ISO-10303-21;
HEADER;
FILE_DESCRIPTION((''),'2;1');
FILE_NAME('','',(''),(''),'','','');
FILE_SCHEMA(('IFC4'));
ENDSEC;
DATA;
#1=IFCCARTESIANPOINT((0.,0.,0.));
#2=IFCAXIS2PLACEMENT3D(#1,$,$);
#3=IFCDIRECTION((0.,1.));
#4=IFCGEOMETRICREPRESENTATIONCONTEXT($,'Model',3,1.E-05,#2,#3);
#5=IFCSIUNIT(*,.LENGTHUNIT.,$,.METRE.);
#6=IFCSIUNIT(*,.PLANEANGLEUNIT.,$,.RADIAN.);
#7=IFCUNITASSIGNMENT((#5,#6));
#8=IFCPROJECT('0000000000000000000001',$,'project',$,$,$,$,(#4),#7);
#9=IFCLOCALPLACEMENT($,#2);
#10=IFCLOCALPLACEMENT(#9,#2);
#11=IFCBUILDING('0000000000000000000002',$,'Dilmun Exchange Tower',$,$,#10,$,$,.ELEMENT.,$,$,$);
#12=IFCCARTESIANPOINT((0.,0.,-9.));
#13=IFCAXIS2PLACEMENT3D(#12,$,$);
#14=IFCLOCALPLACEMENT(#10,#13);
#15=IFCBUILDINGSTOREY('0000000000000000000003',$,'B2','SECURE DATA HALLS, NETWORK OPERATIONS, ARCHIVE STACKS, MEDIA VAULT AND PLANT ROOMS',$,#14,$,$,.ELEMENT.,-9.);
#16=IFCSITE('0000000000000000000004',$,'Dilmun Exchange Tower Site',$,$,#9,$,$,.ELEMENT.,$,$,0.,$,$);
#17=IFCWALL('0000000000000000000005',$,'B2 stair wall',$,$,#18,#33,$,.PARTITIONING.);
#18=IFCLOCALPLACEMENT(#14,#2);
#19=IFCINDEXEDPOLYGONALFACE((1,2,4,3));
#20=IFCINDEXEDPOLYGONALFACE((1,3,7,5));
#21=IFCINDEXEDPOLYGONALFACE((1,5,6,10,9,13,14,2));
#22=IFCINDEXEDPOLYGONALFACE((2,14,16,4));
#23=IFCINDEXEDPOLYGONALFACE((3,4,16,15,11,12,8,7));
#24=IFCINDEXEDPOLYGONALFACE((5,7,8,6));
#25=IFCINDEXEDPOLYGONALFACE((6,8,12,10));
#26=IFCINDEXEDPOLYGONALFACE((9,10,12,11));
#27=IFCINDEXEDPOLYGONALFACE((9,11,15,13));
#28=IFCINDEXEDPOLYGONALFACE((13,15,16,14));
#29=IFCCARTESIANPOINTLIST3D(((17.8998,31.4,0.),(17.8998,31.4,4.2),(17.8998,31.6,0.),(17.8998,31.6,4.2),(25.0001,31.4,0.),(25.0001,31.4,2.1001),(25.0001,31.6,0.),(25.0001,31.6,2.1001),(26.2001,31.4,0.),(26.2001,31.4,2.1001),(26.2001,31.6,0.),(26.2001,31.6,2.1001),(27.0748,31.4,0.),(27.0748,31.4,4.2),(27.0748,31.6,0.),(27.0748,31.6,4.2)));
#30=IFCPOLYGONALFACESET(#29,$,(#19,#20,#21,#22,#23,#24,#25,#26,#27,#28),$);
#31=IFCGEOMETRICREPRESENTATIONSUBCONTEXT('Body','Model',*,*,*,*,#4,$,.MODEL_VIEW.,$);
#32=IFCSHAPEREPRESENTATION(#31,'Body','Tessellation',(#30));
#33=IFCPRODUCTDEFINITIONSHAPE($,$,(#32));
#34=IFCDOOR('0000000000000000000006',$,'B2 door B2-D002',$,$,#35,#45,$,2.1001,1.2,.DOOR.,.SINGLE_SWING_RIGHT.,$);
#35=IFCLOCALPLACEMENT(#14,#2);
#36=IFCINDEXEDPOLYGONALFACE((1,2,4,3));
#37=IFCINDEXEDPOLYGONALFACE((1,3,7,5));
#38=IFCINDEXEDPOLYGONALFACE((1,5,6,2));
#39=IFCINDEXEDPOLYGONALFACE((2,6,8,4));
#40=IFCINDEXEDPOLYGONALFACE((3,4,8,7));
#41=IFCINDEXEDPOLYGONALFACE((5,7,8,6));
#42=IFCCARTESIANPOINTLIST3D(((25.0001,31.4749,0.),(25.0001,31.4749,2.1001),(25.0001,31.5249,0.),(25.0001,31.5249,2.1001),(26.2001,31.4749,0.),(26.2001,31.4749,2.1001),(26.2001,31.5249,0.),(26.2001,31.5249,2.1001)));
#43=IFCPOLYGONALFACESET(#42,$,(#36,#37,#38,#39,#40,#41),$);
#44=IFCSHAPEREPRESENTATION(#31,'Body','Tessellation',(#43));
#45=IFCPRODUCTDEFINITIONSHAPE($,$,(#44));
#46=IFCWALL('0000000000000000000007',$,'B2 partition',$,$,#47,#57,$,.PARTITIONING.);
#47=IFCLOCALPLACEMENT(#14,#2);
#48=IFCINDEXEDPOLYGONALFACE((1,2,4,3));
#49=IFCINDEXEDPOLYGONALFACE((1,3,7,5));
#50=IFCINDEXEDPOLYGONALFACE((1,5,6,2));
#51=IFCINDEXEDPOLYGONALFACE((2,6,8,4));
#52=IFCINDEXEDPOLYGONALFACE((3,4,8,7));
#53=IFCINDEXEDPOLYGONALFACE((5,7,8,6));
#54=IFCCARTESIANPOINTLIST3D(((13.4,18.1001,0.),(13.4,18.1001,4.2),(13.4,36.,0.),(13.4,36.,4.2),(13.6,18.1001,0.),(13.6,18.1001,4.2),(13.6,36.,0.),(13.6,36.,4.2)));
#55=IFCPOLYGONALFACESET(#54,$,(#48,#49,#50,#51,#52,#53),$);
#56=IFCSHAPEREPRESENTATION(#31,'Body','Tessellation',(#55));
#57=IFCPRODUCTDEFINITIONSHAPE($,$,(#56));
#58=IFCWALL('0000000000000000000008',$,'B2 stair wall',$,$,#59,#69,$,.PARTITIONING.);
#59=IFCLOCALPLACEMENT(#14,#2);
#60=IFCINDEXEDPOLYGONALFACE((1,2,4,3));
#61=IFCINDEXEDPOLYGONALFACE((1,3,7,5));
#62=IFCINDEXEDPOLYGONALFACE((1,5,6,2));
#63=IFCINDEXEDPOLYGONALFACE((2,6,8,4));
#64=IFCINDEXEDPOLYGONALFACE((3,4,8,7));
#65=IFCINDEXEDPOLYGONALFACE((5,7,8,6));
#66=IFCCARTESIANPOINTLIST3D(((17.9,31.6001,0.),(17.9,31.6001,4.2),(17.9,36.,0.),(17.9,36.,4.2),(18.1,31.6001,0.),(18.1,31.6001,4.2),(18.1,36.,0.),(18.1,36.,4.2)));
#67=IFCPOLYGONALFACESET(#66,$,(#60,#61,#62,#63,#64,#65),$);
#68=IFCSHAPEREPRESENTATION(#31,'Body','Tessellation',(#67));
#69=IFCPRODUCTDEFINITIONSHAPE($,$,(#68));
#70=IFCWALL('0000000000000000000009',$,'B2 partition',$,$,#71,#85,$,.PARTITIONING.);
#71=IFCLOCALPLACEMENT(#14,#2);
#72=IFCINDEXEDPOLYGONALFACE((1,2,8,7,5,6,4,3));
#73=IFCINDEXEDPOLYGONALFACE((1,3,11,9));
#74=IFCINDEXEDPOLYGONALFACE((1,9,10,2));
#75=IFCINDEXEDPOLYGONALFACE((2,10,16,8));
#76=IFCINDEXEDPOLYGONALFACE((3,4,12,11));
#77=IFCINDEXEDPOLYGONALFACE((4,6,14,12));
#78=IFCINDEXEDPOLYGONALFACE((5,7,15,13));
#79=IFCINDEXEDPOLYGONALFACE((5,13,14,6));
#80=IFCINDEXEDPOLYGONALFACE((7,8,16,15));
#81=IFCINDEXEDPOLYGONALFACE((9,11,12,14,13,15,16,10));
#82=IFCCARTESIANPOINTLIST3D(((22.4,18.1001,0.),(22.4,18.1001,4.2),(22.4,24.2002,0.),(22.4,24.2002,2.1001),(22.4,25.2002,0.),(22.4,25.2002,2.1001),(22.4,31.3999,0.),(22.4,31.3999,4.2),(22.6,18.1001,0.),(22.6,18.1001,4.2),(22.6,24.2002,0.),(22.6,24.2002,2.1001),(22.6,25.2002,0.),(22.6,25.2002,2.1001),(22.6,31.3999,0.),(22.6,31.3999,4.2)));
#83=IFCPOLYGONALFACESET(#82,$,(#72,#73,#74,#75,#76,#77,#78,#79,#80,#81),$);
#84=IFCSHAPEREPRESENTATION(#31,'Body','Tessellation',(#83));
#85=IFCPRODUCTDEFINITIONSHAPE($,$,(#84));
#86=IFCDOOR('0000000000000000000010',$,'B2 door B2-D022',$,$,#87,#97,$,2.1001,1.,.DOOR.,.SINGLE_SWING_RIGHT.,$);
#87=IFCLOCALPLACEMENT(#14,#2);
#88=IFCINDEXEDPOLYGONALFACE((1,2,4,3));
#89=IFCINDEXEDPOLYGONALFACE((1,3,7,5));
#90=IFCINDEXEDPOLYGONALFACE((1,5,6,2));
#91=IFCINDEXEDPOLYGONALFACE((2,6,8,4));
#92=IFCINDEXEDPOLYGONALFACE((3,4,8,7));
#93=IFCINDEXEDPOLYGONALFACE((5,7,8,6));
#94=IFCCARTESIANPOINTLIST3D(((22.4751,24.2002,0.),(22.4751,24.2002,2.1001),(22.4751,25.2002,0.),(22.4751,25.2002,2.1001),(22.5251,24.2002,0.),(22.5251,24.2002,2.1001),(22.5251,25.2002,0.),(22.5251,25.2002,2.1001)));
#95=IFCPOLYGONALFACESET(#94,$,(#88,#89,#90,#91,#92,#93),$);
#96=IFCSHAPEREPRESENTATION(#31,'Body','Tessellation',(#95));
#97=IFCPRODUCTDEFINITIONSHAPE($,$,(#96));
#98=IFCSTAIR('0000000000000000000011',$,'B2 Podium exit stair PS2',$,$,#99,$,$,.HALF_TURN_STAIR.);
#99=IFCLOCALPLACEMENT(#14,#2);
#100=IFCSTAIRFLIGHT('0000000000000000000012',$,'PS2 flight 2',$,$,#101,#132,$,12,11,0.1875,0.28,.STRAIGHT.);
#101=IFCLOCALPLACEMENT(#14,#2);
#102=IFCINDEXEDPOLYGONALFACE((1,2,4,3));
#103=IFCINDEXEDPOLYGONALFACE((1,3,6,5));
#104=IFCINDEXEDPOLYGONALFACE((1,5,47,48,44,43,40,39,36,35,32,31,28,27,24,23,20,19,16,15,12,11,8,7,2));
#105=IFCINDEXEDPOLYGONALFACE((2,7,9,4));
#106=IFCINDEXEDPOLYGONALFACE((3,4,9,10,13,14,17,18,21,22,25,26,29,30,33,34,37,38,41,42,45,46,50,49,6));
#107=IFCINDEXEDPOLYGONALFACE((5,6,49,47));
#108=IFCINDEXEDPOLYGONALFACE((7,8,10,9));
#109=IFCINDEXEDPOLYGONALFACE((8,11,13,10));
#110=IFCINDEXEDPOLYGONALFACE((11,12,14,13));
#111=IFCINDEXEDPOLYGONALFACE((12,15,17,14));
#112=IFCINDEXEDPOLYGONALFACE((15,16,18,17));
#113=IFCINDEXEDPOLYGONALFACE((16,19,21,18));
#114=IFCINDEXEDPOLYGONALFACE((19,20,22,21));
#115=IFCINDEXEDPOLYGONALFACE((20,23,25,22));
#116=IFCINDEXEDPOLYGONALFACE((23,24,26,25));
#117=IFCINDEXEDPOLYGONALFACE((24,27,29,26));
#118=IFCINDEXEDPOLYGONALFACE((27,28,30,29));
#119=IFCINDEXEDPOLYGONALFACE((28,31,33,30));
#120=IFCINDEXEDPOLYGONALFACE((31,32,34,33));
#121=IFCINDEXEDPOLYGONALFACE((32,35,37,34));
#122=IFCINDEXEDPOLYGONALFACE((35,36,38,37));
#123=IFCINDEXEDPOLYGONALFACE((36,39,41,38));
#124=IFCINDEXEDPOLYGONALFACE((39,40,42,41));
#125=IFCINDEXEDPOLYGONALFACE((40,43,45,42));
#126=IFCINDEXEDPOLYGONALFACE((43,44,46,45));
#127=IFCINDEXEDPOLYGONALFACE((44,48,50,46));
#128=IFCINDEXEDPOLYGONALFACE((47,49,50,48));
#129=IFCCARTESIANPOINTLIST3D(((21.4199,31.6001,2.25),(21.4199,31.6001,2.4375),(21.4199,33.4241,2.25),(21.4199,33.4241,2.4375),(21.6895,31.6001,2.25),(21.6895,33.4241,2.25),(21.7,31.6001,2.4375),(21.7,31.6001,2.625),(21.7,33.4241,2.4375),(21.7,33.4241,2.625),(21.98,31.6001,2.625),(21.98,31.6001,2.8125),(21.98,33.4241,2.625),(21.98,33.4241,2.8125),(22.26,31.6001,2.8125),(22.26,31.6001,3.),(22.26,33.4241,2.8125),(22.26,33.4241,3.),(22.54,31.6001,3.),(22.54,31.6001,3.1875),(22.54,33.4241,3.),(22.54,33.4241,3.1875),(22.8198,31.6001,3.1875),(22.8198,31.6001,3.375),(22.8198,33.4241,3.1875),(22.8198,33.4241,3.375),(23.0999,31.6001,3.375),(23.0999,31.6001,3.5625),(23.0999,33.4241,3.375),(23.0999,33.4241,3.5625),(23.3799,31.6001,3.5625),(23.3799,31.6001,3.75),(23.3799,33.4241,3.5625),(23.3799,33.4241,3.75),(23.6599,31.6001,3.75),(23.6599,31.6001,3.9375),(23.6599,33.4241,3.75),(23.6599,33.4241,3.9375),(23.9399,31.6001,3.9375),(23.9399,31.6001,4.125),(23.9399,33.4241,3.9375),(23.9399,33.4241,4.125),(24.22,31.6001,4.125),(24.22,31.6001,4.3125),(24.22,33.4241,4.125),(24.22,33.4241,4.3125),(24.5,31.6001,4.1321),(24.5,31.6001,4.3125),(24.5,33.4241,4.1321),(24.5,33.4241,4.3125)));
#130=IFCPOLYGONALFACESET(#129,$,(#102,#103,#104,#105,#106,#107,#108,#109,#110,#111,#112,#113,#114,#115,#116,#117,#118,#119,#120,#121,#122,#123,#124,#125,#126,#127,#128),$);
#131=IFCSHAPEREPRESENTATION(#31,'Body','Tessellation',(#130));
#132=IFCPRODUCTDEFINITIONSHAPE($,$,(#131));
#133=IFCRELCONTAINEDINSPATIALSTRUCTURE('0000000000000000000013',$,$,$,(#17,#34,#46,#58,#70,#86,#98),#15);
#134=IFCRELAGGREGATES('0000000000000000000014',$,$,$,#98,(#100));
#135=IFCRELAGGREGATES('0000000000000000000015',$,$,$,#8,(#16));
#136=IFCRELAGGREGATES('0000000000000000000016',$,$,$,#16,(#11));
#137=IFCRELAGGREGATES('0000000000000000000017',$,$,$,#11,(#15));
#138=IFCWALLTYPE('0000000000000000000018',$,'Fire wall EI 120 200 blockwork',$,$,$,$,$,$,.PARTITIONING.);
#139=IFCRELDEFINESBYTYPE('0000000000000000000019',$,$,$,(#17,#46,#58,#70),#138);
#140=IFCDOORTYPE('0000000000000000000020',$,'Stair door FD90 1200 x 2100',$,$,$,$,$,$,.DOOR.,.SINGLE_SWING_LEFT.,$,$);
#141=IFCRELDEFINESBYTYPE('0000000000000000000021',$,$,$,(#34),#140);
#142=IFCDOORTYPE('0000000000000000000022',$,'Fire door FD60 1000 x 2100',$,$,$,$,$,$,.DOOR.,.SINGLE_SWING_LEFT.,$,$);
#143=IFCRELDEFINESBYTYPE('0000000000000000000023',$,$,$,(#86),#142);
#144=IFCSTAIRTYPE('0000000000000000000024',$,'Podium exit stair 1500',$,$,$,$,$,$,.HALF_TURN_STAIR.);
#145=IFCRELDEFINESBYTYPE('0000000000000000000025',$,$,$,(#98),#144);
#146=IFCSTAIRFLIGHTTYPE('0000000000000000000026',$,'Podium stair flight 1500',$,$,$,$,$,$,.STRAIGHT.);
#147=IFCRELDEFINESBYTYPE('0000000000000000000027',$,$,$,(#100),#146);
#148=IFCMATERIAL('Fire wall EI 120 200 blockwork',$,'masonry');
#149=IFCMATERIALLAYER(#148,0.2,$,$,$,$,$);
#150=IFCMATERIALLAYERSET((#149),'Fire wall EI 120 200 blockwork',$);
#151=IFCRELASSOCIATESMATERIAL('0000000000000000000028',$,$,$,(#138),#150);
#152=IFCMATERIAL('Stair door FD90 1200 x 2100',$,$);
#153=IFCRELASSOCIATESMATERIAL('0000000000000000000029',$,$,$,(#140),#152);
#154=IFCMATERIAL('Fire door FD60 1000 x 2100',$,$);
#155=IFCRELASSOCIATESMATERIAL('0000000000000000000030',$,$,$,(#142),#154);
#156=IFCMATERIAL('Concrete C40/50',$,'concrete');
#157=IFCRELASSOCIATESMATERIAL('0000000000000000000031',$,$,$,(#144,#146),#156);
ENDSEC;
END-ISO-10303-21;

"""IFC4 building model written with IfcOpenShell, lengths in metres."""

from ifc_helpers import new_model, si_unit, direction, frame, frame_2d, origin, place, context, subcontext, project, spatial, polyline, rectangle, outline, extrude, material, layer, layer_set, type_object, element, fill, aggregate, save


model = new_model("IFC4")

# Units and contexts
model_context = context("Model", 3, precision=1e-05, world=origin(), true_north=direction((0.0, 1.0)))
body_context = subcontext(model_context, "Body", "Model", "MODEL_VIEW")
ifc_project = project(units=[si_unit("LENGTHUNIT", "METRE"), si_unit("PLANEANGLEUNIT", "RADIAN")], contexts=[model_context])

# Site, building, storey
site_placement = place(None, origin())
site = spatial("IfcSite", under=ifc_project, at=site_placement, Name="Dilmun Exchange Tower Site", CompositionType="ELEMENT", RefElevation=0.0)
building_placement = place(site_placement, origin())
building = spatial("IfcBuilding", under=site, at=building_placement, Name="Dilmun Exchange Tower", CompositionType="ELEMENT")
storey_placement = place(building_placement, frame((0.0, 0.0, -9.0)))
storey = spatial("IfcBuildingStorey", under=building, at=storey_placement, Name="B2", Description="SECURE DATA HALLS, NETWORK OPERATIONS, ARCHIVE STACKS, MEDIA VAULT AND PLANT ROOMS", CompositionType="ELEMENT", Elevation=-9.0)

# Shared definitions
ifc_material_1 = material(Name="Fire wall EI 120 200 blockwork", Category="masonry")
ifc_layer = layer(ifc_material_1, 0.2)
ifc_layer_set = layer_set([ifc_layer], Name="Fire wall EI 120 200 blockwork")
wall_type = type_object("IfcWallType", Name="Fire wall EI 120 200 blockwork", PredefinedType="PARTITIONING", material=ifc_layer_set)

# Wall, opening, door
wall_1_placement = place(storey_placement, frame((17.8999, 31.5, 0.0), z_axis=(0.0, 0.0, 1.0), x_axis=(1.0, 0.0, 0.0)))
wall_1 = element("IfcWall", 1, at=wall_1_placement, inside=storey, type_object=wall_type, Name="B2 stair wall", PredefinedType="PARTITIONING", context=body_context, shape_type="SweptSolid", body=[
    extrude(rectangle(XDim=9.175, YDim=0.2, at=frame_2d((4.5874, 0.0))), origin(), (0.0, 0.0, 1.0), 4.2),
])
opening_1_placement = place(wall_1_placement, frame((7.1001, 0.0, 0.0)))
opening_1 = element("IfcOpeningElement", 2, at=opening_1_placement, cuts=wall_1, PredefinedType="OPENING", context=body_context, shape_type="SweptSolid", body=[
    extrude(rectangle(XDim=1.2, YDim=2.1001, at=frame_2d((0.6001, 1.05))), frame((0.0, 0.1099, 0.0), z_axis=(0.0, -1.0, 0.0), x_axis=(1.0, 0.0, 0.0)), (0.0, 0.0, 1.0), 0.22),
])
ifc_material_2 = material(Name="Stair door FD90 1200 x 2100")
door_type_1 = type_object("IfcDoorType", Name="Stair door FD90 1200 x 2100", OperationType="SINGLE_SWING_LEFT", PredefinedType="DOOR", material=ifc_material_2)
door_1_placement = place(opening_1_placement, origin())
door_1 = element("IfcDoor", 3, at=door_1_placement, inside=storey, type_object=door_type_1, Name="B2 door B2-D002", OperationType="SINGLE_SWING_RIGHT", OverallHeight=2.1001, OverallWidth=1.2, PredefinedType="DOOR", context=body_context, shape_type="SweptSolid", body=[
    extrude(rectangle(XDim=1.2, YDim=2.1001, at=frame_2d((0.6001, 1.05))), frame((0.0, 0.0249, 0.0), z_axis=(0.0, -1.0, 0.0), x_axis=(1.0, 0.0, 0.0)), (0.0, 0.0, 1.0), 0.05),
])
fill(opening_1, door_1)

# Walls
wall_2_placement = place(storey_placement, frame((13.5, 18.1001, 0.0), z_axis=(0.0, 0.0, 1.0), x_axis=(0.0, 1.0, 0.0)))
element("IfcWall", 4, at=wall_2_placement, inside=storey, type_object=wall_type, Name="B2 partition", PredefinedType="PARTITIONING", context=body_context, shape_type="SweptSolid", body=[
    extrude(rectangle(XDim=17.8999, YDim=0.2, at=frame_2d((8.95, 0.0))), origin(), (0.0, 0.0, 1.0), 4.2),
])
wall_3_placement = place(storey_placement, frame((18.0, 31.6001, 0.0), z_axis=(0.0, 0.0, 1.0), x_axis=(0.0, 1.0, 0.0)))
element("IfcWall", 5, at=wall_3_placement, inside=storey, type_object=wall_type, Name="B2 stair wall", PredefinedType="PARTITIONING", context=body_context, shape_type="SweptSolid", body=[
    extrude(rectangle(XDim=4.3999, YDim=0.2, at=frame_2d((2.2, 0.0))), origin(), (0.0, 0.0, 1.0), 4.2),
])

# Wall, opening, door
wall_4_placement = place(storey_placement, frame((22.5, 18.1001, 0.0), z_axis=(0.0, 0.0, 1.0), x_axis=(0.0, 1.0, 0.0)))
wall_4 = element("IfcWall", 6, at=wall_4_placement, inside=storey, type_object=wall_type, Name="B2 partition", PredefinedType="PARTITIONING", context=body_context, shape_type="SweptSolid", body=[
    extrude(rectangle(XDim=13.2998, YDim=0.2, at=frame_2d((6.6499, 0.0))), origin(), (0.0, 0.0, 1.0), 4.2),
])
opening_2_placement = place(wall_4_placement, frame((6.1001, 0.0, 0.0)))
opening_2 = element("IfcOpeningElement", 7, at=opening_2_placement, cuts=wall_4, PredefinedType="OPENING", context=body_context, shape_type="SweptSolid", body=[
    extrude(rectangle(XDim=1.0, YDim=2.1001, at=frame_2d((0.5, 1.05))), frame((0.0, 0.1099, 0.0), z_axis=(0.0, -1.0, 0.0), x_axis=(1.0, 0.0, 0.0)), (0.0, 0.0, 1.0), 0.22),
])
ifc_material_3 = material(Name="Fire door FD60 1000 x 2100")
door_type_2 = type_object("IfcDoorType", Name="Fire door FD60 1000 x 2100", OperationType="SINGLE_SWING_LEFT", PredefinedType="DOOR", material=ifc_material_3)
door_2_placement = place(opening_2_placement, origin())
door_2 = element("IfcDoor", 8, at=door_2_placement, inside=storey, type_object=door_type_2, Name="B2 door B2-D022", OperationType="SINGLE_SWING_RIGHT", OverallHeight=2.1001, OverallWidth=1.0, PredefinedType="DOOR", context=body_context, shape_type="SweptSolid", body=[
    extrude(rectangle(XDim=1.0, YDim=2.1001, at=frame_2d((0.5, 1.05))), frame((0.0, 0.0249, 0.0), z_axis=(0.0, -1.0, 0.0), x_axis=(1.0, 0.0, 0.0)), (0.0, 0.0, 1.0), 0.05),
])
fill(opening_2, door_2)

# Stair, stair flight
ifc_material_4 = material(Name="Concrete C40/50", Category="concrete")
stair_type = type_object("IfcStairType", Name="Podium exit stair 1500", PredefinedType="HALF_TURN_STAIR", material=ifc_material_4)
stair_placement = place(storey_placement, origin())
stair = element("IfcStair", 9, at=stair_placement, inside=storey, type_object=stair_type, Name="B2 Podium exit stair PS2", PredefinedType="HALF_TURN_STAIR")
stair_flight_type = type_object("IfcStairFlightType", Name="Podium stair flight 1500", PredefinedType="STRAIGHT", material=ifc_material_4)
stair_flight_placement = place(storey_placement, frame((21.4199, 32.512, 2.25), z_axis=(0.0, 0.0, 1.0), x_axis=(1.0, 0.0, 0.0)))
stair_flight = element("IfcStairFlight", 10, at=stair_flight_placement, type_object=stair_flight_type, Name="PS2 flight 2", NumberOfRisers=12, NumberOfTreads=11, PredefinedType="STRAIGHT", RiserHeight=0.1875, TreadLength=0.28, context=body_context, shape_type="SweptSolid", body=[
    extrude(outline(polyline([(0.0, 0.0), (0.0, 0.1875), (0.28, 0.1875), (0.28, 0.375), (0.5601, 0.375), (0.5601, 0.5625), (0.8401, 0.5625), (0.8401, 0.75), (1.1201, 0.75), (1.1201, 0.9375), (1.3999, 0.9375), (1.3999, 1.125), (1.6799, 1.125), (1.6799, 1.3125), (1.96, 1.3125), (1.96, 1.5), (2.24, 1.5), (2.24, 1.6875), (2.52, 1.6875), (2.52, 1.875), (2.8, 1.875), (2.8, 2.0625), (3.0801, 2.0625), (3.0801, 2.25), (3.0801, 1.8821), (0.2695, 0.0), (0.0, 0.0)])), frame((0.0, 0.9121, 0.0), z_axis=(0.0, -1.0, 0.0), x_axis=(1.0, 0.0, 0.0)), (0.0, 0.0, 1.0), 1.824),
])
aggregate(stair, [stair_flight])

save(model, "model.ifc")
